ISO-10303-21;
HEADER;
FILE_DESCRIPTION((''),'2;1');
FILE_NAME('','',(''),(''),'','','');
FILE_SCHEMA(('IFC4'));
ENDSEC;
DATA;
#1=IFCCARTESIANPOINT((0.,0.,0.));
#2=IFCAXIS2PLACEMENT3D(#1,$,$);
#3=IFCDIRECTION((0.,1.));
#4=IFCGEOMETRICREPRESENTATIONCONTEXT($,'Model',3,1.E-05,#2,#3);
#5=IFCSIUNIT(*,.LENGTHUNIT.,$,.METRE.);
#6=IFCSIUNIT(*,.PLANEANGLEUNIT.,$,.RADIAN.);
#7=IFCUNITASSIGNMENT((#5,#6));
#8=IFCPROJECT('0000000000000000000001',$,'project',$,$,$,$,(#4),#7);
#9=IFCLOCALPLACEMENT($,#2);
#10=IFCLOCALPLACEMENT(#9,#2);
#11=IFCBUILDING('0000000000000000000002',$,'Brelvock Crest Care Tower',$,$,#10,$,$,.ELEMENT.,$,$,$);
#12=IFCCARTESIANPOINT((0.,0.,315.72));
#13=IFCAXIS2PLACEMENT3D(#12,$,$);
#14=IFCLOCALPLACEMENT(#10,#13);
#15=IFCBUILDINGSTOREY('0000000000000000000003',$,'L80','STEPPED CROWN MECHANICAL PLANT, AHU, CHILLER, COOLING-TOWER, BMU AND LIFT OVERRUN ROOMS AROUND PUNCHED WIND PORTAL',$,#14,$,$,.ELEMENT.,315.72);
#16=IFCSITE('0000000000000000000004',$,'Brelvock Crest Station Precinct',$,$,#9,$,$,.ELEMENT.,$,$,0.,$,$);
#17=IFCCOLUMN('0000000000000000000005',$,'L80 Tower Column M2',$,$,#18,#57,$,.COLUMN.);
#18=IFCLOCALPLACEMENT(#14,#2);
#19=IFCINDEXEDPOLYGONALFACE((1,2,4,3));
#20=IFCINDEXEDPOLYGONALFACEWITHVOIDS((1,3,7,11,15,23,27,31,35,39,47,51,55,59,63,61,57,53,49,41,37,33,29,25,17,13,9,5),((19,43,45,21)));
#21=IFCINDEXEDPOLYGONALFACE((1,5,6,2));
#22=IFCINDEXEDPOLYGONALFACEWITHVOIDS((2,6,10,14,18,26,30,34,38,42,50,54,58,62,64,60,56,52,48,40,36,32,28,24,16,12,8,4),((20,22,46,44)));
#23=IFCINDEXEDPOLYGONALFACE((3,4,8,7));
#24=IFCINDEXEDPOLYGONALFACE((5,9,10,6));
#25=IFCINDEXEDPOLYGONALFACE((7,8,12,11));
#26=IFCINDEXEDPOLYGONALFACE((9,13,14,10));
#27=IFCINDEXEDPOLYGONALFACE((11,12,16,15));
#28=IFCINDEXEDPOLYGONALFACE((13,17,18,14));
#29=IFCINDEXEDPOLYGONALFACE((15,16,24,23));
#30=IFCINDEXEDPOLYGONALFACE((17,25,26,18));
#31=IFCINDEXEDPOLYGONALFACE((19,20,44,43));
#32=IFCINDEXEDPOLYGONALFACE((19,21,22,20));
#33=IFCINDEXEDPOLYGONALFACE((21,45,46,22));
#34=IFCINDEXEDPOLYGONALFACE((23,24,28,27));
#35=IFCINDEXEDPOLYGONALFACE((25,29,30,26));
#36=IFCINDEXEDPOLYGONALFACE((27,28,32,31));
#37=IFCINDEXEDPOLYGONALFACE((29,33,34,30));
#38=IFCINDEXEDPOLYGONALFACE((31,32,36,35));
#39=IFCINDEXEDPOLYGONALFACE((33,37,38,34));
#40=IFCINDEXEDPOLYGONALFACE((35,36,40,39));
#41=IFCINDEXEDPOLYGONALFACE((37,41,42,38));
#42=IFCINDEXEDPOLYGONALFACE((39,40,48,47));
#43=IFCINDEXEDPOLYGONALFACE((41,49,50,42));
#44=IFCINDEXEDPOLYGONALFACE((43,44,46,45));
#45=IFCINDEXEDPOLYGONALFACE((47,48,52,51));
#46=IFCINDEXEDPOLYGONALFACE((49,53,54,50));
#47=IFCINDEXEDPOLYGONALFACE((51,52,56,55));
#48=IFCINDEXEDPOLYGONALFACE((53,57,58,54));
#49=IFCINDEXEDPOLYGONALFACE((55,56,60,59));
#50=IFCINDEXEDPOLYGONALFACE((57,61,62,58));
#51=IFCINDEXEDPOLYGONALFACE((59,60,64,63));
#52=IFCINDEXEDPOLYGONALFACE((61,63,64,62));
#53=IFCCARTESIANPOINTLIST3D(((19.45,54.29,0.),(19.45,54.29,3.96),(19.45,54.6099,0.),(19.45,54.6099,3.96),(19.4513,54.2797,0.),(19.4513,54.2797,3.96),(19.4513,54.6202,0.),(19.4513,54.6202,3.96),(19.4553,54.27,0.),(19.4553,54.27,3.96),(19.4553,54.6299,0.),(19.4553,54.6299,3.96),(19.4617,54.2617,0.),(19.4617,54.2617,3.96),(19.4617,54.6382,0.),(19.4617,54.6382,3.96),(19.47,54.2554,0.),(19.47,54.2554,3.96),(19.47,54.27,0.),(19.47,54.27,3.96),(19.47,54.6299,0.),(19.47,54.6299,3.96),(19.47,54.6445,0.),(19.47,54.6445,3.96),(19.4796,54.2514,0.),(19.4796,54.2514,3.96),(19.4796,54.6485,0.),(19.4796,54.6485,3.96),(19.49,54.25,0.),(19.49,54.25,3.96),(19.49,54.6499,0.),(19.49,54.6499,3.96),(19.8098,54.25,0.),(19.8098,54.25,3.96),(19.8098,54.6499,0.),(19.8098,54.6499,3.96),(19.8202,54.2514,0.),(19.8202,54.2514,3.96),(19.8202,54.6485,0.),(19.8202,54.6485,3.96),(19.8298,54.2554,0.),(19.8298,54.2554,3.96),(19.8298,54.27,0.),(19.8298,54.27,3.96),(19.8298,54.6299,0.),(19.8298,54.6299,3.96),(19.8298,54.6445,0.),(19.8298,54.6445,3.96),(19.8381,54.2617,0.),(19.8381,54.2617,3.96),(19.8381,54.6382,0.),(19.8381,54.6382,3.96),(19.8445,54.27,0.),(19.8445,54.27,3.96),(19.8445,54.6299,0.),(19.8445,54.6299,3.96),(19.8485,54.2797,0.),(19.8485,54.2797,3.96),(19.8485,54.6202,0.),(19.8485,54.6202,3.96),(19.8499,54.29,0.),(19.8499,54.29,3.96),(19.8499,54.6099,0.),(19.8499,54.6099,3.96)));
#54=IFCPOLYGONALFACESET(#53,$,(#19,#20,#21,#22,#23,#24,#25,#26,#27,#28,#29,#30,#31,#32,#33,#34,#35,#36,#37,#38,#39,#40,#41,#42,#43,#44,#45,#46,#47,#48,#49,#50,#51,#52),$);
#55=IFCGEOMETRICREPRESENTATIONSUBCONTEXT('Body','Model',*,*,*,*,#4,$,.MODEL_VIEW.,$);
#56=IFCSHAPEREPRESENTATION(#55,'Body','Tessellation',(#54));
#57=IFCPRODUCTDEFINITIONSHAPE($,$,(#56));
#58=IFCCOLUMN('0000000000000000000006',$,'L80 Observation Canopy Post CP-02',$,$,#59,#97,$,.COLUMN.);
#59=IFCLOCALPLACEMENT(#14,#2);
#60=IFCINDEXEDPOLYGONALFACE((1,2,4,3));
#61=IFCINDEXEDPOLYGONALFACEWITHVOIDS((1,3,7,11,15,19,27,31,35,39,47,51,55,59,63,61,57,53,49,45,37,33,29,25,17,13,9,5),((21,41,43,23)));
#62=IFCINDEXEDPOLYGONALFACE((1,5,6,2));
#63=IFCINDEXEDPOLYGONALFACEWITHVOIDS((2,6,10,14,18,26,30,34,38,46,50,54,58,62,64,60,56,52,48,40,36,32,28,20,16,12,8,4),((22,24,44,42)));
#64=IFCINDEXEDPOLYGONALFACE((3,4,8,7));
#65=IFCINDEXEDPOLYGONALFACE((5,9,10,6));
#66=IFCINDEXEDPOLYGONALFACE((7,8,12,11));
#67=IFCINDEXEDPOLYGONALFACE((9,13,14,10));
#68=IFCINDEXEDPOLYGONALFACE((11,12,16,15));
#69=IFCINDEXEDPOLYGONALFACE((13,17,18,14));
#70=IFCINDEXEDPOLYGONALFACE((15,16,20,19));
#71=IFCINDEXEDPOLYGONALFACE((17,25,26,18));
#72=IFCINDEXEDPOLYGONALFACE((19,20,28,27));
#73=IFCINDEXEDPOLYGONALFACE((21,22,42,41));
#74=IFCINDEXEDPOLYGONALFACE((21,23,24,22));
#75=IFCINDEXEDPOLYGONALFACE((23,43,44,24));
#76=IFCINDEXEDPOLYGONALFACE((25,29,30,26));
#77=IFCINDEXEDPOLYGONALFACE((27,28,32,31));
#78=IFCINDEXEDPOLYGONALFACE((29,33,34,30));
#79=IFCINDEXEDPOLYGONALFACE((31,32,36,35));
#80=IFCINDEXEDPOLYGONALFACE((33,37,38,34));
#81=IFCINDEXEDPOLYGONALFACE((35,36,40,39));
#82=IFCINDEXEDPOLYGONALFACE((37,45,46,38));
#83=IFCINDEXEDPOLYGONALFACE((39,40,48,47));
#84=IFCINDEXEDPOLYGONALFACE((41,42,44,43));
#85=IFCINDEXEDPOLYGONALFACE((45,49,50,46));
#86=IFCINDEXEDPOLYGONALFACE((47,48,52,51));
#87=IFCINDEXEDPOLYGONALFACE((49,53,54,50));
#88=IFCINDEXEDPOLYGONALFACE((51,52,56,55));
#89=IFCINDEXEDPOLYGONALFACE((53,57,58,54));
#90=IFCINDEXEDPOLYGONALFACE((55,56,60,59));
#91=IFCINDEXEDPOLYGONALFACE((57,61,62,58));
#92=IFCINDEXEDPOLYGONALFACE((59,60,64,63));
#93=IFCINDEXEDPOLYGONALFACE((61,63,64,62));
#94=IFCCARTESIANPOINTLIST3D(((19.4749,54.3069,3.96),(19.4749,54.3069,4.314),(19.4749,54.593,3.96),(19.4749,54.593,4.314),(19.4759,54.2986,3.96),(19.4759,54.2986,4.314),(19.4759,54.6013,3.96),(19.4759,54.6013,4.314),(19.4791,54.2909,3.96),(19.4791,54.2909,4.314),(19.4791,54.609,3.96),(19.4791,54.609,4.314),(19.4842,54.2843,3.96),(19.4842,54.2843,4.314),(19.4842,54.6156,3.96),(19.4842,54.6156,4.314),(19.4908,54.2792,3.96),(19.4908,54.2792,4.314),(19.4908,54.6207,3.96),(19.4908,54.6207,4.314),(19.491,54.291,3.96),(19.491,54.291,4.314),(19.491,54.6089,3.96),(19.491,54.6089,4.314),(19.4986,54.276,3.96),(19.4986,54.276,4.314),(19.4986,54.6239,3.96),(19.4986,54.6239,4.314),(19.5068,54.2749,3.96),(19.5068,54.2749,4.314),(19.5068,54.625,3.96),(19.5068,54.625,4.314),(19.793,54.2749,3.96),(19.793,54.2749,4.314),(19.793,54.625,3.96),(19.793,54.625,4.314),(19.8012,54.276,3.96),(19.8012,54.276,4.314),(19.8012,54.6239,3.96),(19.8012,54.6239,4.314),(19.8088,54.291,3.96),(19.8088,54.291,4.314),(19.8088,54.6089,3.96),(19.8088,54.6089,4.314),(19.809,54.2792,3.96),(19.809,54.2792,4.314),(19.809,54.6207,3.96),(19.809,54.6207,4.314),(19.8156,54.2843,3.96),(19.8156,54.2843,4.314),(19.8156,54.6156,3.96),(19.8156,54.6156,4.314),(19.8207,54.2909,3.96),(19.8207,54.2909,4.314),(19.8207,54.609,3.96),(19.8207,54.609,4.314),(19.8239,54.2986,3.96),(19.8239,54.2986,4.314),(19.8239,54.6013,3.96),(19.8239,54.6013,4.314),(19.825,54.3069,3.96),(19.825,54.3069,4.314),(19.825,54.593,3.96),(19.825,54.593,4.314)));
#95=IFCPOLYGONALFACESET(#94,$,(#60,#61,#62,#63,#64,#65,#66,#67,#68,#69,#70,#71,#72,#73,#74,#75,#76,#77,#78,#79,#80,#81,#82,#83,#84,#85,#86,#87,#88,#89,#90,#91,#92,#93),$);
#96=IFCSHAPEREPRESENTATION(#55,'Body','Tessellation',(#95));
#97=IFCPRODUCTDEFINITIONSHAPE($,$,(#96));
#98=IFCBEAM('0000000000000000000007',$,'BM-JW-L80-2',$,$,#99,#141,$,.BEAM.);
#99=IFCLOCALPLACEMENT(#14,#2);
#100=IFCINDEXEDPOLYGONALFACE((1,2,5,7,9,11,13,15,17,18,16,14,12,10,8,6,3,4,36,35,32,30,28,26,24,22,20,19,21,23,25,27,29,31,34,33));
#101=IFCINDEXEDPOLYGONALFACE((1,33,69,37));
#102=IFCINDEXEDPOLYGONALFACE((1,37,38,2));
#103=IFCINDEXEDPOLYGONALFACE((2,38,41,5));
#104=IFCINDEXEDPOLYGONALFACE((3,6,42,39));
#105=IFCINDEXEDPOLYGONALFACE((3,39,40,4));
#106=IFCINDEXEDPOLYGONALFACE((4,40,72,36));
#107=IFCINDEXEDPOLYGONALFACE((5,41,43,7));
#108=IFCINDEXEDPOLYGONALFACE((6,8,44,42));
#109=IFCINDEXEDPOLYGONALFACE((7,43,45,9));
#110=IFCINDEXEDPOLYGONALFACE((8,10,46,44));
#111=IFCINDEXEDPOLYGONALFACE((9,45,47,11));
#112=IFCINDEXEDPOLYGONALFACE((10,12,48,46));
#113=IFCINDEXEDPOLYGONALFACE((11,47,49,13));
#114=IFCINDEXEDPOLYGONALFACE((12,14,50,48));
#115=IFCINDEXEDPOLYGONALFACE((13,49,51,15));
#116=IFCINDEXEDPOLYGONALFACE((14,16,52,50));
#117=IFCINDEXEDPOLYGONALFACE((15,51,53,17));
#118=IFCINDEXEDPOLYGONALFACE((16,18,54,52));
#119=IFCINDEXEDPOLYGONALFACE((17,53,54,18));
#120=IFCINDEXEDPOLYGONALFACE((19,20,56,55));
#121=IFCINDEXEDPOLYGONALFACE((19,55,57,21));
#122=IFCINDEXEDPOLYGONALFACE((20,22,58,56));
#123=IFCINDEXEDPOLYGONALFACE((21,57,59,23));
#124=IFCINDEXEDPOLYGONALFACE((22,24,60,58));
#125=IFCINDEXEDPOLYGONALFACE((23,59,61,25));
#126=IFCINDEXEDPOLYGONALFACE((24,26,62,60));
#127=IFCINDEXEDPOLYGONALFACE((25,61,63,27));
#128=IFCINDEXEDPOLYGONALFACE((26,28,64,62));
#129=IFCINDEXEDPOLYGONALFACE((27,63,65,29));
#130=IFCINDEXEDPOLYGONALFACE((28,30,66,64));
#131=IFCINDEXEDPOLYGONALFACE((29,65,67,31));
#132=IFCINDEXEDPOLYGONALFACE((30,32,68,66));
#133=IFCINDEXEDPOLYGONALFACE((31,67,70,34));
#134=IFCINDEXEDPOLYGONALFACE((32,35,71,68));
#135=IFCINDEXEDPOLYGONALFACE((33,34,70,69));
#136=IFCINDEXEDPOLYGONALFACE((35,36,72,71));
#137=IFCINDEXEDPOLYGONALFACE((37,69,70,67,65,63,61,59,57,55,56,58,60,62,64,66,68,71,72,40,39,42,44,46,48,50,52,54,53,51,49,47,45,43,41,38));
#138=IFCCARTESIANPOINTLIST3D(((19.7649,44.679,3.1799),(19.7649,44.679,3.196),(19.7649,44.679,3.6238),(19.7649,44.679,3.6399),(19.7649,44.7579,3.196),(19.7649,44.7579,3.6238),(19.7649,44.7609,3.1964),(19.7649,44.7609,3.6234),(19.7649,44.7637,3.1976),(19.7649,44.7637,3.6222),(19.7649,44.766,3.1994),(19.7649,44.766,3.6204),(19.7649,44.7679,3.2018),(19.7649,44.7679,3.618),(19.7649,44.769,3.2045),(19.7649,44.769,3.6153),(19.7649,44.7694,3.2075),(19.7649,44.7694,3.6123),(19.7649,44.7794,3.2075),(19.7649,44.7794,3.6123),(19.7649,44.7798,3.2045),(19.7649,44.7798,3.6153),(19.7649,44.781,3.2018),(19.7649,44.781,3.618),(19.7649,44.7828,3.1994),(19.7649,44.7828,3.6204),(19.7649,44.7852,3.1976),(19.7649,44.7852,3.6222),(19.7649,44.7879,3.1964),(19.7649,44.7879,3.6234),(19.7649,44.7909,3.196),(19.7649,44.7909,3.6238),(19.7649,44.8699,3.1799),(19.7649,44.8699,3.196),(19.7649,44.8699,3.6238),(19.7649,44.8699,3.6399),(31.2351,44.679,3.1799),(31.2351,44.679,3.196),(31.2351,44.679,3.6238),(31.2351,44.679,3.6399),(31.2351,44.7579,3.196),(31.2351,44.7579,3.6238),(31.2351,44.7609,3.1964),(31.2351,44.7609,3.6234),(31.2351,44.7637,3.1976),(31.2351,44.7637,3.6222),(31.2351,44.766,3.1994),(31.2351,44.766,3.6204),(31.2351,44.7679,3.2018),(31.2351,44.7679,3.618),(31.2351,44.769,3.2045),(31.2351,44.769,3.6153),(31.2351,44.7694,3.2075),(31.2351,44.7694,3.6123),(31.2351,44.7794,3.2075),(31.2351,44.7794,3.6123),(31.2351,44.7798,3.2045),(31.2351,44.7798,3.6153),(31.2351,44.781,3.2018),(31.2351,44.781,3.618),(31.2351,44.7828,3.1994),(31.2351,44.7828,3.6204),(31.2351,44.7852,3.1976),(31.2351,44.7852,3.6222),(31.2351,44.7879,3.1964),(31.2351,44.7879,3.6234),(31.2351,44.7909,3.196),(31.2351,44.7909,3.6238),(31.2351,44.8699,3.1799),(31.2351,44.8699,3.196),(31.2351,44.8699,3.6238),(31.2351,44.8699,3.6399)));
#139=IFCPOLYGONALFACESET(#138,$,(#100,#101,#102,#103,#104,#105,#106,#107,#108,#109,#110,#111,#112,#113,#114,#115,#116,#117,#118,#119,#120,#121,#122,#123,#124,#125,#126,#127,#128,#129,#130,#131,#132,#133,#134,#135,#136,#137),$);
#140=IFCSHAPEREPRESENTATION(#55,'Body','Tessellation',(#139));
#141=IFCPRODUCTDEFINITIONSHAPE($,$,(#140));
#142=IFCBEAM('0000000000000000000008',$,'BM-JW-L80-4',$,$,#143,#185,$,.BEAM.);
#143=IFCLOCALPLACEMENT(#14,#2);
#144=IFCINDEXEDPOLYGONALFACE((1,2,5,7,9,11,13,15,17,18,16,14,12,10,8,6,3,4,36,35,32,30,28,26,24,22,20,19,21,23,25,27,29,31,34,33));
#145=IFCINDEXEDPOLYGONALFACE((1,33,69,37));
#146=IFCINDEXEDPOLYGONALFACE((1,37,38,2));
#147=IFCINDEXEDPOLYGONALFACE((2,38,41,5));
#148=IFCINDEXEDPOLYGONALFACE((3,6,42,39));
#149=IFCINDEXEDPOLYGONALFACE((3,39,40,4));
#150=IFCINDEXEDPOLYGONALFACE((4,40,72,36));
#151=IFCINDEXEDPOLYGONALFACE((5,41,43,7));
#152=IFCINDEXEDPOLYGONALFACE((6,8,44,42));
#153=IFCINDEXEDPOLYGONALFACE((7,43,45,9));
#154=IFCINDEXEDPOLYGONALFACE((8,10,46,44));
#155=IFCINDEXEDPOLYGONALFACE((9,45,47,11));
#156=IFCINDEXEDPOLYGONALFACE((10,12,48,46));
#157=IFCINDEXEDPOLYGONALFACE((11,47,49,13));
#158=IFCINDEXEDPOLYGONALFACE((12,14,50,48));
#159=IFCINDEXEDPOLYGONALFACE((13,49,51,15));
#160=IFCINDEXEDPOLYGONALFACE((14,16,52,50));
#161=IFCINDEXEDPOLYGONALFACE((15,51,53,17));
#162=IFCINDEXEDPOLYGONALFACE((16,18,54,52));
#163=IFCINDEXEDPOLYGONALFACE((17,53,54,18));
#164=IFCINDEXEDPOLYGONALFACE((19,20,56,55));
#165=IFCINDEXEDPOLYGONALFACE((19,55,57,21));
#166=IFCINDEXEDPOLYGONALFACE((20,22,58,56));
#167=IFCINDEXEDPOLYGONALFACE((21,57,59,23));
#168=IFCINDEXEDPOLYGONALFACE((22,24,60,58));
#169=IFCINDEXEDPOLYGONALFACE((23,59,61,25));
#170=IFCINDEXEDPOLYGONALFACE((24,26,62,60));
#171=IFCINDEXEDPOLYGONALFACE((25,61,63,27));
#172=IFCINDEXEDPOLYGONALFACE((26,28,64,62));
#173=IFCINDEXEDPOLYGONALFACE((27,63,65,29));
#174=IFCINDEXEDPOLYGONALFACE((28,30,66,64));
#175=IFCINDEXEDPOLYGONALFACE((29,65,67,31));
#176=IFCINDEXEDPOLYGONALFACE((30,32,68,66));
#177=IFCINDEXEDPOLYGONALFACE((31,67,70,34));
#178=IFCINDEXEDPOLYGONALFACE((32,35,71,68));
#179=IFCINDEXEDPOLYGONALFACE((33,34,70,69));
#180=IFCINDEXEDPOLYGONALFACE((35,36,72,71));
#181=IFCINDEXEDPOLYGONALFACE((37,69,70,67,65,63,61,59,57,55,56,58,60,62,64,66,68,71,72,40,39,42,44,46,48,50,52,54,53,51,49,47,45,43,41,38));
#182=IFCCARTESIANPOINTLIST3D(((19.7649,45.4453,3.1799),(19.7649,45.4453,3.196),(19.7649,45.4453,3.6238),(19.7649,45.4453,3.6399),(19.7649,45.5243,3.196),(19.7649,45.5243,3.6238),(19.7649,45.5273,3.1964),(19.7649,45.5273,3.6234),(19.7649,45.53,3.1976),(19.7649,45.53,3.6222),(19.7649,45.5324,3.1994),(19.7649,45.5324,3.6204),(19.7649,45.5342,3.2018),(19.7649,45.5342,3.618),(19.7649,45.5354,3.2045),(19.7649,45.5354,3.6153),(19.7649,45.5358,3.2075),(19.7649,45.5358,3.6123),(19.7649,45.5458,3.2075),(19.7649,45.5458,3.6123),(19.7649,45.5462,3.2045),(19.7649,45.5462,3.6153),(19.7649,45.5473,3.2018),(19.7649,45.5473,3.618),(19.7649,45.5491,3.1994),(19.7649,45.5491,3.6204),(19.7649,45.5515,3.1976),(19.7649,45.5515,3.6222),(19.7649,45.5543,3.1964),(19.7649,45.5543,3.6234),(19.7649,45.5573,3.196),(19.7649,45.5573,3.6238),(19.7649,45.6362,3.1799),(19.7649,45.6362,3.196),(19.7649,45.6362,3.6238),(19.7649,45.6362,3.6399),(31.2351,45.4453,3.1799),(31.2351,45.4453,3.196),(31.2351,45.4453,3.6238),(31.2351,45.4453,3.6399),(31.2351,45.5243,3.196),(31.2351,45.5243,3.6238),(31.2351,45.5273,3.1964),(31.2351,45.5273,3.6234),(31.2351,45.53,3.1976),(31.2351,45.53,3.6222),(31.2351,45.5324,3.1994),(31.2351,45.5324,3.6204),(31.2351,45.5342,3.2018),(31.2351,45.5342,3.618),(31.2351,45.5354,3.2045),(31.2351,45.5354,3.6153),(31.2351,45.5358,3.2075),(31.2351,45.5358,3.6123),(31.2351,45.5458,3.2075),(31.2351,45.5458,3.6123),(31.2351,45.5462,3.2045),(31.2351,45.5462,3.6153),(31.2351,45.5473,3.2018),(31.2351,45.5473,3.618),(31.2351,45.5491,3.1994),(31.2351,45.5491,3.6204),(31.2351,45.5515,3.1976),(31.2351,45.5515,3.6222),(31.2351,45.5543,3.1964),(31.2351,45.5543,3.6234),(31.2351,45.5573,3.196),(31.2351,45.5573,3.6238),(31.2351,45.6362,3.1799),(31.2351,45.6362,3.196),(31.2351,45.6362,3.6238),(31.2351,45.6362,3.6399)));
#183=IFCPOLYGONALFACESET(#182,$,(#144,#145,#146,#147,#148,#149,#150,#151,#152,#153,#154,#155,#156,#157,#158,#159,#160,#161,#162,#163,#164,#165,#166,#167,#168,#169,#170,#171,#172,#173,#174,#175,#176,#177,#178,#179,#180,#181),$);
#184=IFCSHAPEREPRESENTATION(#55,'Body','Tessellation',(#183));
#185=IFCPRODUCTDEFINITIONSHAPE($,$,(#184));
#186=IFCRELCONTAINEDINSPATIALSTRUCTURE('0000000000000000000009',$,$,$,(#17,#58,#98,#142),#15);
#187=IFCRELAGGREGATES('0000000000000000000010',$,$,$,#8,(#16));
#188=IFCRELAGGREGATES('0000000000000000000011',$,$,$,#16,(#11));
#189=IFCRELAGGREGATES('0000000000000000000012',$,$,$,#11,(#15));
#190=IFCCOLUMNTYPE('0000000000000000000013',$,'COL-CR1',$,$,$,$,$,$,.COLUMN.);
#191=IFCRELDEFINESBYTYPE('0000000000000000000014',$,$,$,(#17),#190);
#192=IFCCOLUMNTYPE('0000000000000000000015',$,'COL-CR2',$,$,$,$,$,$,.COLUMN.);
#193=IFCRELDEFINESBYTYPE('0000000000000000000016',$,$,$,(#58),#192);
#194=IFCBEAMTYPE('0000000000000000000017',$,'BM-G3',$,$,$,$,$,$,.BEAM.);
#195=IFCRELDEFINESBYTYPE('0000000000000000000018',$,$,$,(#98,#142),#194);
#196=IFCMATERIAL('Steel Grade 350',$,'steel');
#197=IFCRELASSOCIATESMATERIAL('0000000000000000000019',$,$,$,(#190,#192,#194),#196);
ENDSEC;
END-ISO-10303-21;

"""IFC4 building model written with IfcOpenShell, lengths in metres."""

from ifc_helpers import new_model, si_unit, direction, frame, origin, origin_2d, place, context, subcontext, project, spatial, hollow_rectangle, i_section, extrude, source, transform, mapped, material, material_profile, profile_set, type_object, element, save


model = new_model("IFC4")

# Units and contexts
model_context = context("Model", 3, precision=1e-05, world=origin(), true_north=direction((0.0, 1.0)))
body_context = subcontext(model_context, "Body", "Model", "MODEL_VIEW")
ifc_project = project(units=[si_unit("LENGTHUNIT", "METRE"), si_unit("PLANEANGLEUNIT", "RADIAN")], contexts=[model_context])

# Site, building, storey
site_placement = place(None, origin())
site = spatial("IfcSite", under=ifc_project, at=site_placement, Name="Brelvock Crest Station Precinct", CompositionType="ELEMENT", RefElevation=0.0)
building_placement = place(site_placement, origin())
building = spatial("IfcBuilding", under=site, at=building_placement, Name="Brelvock Crest Care Tower", CompositionType="ELEMENT")
storey_placement = place(building_placement, frame((0.0, 0.0, 315.72)))
storey = spatial("IfcBuildingStorey", under=building, at=storey_placement, Name="L80", Description="STEPPED CROWN MECHANICAL PLANT, AHU, CHILLER, COOLING-TOWER, BMU AND LIFT OVERRUN ROOMS AROUND PUNCHED WIND PORTAL", CompositionType="ELEMENT", Elevation=315.72)

# Columns
ifc_material_1 = material(Name="Steel Grade 350", Category="steel")
ifc_material_profile_1 = material_profile(ifc_material_1, hollow_rectangle(XDim=0.3999, YDim=0.3999, WallThickness=0.02, OuterFilletRadius=0.04, at=origin_2d()), Name="SHS400x400x20.0")
ifc_profile_set_1 = profile_set([ifc_material_profile_1], Name="Steel Grade 350")
column_type_1 = type_object("IfcColumnType", Name="COL-CR1", PredefinedType="COLUMN", material=ifc_profile_set_1)
shared_shape_1 = source(origin(), body_context, "Body", "SweptSolid", [
    extrude(hollow_rectangle(XDim=0.3999, YDim=0.3999, WallThickness=0.02, OuterFilletRadius=0.04, at=origin_2d()), origin(), (0.0, 0.0, 1.0), 3.96),
])
column_1_placement = place(storey_placement, frame((19.6499, 54.45, 0.0), z_axis=(0.0, 0.0, 1.0), x_axis=(1.0, 0.0, 0.0)))
element("IfcColumn", 1, at=column_1_placement, inside=storey, type_object=column_type_1, Name="L80 Tower Column M2", PredefinedType="COLUMN", context=body_context, shape_type="MappedRepresentation", body=[
    mapped(shared_shape_1, transform((0.0, 0.0, 0.0), x_axis=(1.0, 0.0, 0.0), y_axis=(0.0, 1.0, 0.0), z_axis=(0.0, 0.0, 1.0), scale=1.0)),
])
ifc_material_profile_2 = material_profile(ifc_material_1, hollow_rectangle(XDim=0.3501, YDim=0.3501, WallThickness=0.0161, OuterFilletRadius=0.032, at=origin_2d()), Name="SHS350x350x16.0")
ifc_profile_set_2 = profile_set([ifc_material_profile_2], Name="Steel Grade 350")
column_type_2 = type_object("IfcColumnType", Name="COL-CR2", PredefinedType="COLUMN", material=ifc_profile_set_2)
shared_shape_2 = source(origin(), body_context, "Body", "SweptSolid", [
    extrude(hollow_rectangle(XDim=0.3501, YDim=0.3501, WallThickness=0.0161, OuterFilletRadius=0.032, at=origin_2d()), origin(), (0.0, 0.0, 1.0), 0.354),
])
column_2_placement = place(storey_placement, frame((19.6499, 54.45, 3.96), z_axis=(0.0, 0.0, 1.0), x_axis=(1.0, 0.0, 0.0)))
element("IfcColumn", 2, at=column_2_placement, inside=storey, type_object=column_type_2, Name="L80 Observation Canopy Post CP-02", PredefinedType="COLUMN", context=body_context, shape_type="MappedRepresentation", body=[
    mapped(shared_shape_2, transform((0.0, 0.0, 0.0), x_axis=(1.0, 0.0, 0.0), y_axis=(0.0, 1.0, 0.0), z_axis=(0.0, 0.0, 1.0), scale=1.0)),
])

# Beams
ifc_material_profile_3 = material_profile(ifc_material_1, i_section(OverallWidth=0.1909, OverallDepth=0.46, WebThickness=0.01, FlangeThickness=0.0161, FilletRadius=0.0115, at=origin_2d()), Name="460UB82.1")
ifc_profile_set_3 = profile_set([ifc_material_profile_3], Name="Steel Grade 350")
beam_type_1 = type_object("IfcBeamType", Name="BM-G3", PredefinedType="BEAM", material=ifc_profile_set_3)
shared_shape_3 = source(origin(), body_context, "Body", "SweptSolid", [
    extrude(i_section(OverallWidth=0.1909, OverallDepth=0.46, WebThickness=0.01, FlangeThickness=0.0161, FilletRadius=0.0115, at=origin_2d()), origin(), (0.0, 0.0, 1.0), 11.4702),
])
for number, where, z_axis, x_axis, name in (
    (3, (19.7649, 44.7744, 3.4099), (1.0, 0.0, 0.0), (0.0, 1.0, 0.0), "BM-JW-L80-2"),
    (4, (19.7649, 45.5408, 3.4099), (1.0, 0.0, 0.0), (0.0, 1.0, 0.0), "BM-JW-L80-4"),
):
    element("IfcBeam", number, at=place(storey_placement, frame(where, z_axis=z_axis, x_axis=x_axis)), inside=storey, type_object=beam_type_1, Name=name, PredefinedType="BEAM", context=body_context, shape_type="MappedRepresentation", body=[
        mapped(shared_shape_3, transform((0.0, 0.0, 0.0), x_axis=(1.0, 0.0, 0.0), y_axis=(0.0, 1.0, 0.0), z_axis=(0.0, 0.0, 1.0), scale=1.0)),
    ])

save(model, "model.ifc")
